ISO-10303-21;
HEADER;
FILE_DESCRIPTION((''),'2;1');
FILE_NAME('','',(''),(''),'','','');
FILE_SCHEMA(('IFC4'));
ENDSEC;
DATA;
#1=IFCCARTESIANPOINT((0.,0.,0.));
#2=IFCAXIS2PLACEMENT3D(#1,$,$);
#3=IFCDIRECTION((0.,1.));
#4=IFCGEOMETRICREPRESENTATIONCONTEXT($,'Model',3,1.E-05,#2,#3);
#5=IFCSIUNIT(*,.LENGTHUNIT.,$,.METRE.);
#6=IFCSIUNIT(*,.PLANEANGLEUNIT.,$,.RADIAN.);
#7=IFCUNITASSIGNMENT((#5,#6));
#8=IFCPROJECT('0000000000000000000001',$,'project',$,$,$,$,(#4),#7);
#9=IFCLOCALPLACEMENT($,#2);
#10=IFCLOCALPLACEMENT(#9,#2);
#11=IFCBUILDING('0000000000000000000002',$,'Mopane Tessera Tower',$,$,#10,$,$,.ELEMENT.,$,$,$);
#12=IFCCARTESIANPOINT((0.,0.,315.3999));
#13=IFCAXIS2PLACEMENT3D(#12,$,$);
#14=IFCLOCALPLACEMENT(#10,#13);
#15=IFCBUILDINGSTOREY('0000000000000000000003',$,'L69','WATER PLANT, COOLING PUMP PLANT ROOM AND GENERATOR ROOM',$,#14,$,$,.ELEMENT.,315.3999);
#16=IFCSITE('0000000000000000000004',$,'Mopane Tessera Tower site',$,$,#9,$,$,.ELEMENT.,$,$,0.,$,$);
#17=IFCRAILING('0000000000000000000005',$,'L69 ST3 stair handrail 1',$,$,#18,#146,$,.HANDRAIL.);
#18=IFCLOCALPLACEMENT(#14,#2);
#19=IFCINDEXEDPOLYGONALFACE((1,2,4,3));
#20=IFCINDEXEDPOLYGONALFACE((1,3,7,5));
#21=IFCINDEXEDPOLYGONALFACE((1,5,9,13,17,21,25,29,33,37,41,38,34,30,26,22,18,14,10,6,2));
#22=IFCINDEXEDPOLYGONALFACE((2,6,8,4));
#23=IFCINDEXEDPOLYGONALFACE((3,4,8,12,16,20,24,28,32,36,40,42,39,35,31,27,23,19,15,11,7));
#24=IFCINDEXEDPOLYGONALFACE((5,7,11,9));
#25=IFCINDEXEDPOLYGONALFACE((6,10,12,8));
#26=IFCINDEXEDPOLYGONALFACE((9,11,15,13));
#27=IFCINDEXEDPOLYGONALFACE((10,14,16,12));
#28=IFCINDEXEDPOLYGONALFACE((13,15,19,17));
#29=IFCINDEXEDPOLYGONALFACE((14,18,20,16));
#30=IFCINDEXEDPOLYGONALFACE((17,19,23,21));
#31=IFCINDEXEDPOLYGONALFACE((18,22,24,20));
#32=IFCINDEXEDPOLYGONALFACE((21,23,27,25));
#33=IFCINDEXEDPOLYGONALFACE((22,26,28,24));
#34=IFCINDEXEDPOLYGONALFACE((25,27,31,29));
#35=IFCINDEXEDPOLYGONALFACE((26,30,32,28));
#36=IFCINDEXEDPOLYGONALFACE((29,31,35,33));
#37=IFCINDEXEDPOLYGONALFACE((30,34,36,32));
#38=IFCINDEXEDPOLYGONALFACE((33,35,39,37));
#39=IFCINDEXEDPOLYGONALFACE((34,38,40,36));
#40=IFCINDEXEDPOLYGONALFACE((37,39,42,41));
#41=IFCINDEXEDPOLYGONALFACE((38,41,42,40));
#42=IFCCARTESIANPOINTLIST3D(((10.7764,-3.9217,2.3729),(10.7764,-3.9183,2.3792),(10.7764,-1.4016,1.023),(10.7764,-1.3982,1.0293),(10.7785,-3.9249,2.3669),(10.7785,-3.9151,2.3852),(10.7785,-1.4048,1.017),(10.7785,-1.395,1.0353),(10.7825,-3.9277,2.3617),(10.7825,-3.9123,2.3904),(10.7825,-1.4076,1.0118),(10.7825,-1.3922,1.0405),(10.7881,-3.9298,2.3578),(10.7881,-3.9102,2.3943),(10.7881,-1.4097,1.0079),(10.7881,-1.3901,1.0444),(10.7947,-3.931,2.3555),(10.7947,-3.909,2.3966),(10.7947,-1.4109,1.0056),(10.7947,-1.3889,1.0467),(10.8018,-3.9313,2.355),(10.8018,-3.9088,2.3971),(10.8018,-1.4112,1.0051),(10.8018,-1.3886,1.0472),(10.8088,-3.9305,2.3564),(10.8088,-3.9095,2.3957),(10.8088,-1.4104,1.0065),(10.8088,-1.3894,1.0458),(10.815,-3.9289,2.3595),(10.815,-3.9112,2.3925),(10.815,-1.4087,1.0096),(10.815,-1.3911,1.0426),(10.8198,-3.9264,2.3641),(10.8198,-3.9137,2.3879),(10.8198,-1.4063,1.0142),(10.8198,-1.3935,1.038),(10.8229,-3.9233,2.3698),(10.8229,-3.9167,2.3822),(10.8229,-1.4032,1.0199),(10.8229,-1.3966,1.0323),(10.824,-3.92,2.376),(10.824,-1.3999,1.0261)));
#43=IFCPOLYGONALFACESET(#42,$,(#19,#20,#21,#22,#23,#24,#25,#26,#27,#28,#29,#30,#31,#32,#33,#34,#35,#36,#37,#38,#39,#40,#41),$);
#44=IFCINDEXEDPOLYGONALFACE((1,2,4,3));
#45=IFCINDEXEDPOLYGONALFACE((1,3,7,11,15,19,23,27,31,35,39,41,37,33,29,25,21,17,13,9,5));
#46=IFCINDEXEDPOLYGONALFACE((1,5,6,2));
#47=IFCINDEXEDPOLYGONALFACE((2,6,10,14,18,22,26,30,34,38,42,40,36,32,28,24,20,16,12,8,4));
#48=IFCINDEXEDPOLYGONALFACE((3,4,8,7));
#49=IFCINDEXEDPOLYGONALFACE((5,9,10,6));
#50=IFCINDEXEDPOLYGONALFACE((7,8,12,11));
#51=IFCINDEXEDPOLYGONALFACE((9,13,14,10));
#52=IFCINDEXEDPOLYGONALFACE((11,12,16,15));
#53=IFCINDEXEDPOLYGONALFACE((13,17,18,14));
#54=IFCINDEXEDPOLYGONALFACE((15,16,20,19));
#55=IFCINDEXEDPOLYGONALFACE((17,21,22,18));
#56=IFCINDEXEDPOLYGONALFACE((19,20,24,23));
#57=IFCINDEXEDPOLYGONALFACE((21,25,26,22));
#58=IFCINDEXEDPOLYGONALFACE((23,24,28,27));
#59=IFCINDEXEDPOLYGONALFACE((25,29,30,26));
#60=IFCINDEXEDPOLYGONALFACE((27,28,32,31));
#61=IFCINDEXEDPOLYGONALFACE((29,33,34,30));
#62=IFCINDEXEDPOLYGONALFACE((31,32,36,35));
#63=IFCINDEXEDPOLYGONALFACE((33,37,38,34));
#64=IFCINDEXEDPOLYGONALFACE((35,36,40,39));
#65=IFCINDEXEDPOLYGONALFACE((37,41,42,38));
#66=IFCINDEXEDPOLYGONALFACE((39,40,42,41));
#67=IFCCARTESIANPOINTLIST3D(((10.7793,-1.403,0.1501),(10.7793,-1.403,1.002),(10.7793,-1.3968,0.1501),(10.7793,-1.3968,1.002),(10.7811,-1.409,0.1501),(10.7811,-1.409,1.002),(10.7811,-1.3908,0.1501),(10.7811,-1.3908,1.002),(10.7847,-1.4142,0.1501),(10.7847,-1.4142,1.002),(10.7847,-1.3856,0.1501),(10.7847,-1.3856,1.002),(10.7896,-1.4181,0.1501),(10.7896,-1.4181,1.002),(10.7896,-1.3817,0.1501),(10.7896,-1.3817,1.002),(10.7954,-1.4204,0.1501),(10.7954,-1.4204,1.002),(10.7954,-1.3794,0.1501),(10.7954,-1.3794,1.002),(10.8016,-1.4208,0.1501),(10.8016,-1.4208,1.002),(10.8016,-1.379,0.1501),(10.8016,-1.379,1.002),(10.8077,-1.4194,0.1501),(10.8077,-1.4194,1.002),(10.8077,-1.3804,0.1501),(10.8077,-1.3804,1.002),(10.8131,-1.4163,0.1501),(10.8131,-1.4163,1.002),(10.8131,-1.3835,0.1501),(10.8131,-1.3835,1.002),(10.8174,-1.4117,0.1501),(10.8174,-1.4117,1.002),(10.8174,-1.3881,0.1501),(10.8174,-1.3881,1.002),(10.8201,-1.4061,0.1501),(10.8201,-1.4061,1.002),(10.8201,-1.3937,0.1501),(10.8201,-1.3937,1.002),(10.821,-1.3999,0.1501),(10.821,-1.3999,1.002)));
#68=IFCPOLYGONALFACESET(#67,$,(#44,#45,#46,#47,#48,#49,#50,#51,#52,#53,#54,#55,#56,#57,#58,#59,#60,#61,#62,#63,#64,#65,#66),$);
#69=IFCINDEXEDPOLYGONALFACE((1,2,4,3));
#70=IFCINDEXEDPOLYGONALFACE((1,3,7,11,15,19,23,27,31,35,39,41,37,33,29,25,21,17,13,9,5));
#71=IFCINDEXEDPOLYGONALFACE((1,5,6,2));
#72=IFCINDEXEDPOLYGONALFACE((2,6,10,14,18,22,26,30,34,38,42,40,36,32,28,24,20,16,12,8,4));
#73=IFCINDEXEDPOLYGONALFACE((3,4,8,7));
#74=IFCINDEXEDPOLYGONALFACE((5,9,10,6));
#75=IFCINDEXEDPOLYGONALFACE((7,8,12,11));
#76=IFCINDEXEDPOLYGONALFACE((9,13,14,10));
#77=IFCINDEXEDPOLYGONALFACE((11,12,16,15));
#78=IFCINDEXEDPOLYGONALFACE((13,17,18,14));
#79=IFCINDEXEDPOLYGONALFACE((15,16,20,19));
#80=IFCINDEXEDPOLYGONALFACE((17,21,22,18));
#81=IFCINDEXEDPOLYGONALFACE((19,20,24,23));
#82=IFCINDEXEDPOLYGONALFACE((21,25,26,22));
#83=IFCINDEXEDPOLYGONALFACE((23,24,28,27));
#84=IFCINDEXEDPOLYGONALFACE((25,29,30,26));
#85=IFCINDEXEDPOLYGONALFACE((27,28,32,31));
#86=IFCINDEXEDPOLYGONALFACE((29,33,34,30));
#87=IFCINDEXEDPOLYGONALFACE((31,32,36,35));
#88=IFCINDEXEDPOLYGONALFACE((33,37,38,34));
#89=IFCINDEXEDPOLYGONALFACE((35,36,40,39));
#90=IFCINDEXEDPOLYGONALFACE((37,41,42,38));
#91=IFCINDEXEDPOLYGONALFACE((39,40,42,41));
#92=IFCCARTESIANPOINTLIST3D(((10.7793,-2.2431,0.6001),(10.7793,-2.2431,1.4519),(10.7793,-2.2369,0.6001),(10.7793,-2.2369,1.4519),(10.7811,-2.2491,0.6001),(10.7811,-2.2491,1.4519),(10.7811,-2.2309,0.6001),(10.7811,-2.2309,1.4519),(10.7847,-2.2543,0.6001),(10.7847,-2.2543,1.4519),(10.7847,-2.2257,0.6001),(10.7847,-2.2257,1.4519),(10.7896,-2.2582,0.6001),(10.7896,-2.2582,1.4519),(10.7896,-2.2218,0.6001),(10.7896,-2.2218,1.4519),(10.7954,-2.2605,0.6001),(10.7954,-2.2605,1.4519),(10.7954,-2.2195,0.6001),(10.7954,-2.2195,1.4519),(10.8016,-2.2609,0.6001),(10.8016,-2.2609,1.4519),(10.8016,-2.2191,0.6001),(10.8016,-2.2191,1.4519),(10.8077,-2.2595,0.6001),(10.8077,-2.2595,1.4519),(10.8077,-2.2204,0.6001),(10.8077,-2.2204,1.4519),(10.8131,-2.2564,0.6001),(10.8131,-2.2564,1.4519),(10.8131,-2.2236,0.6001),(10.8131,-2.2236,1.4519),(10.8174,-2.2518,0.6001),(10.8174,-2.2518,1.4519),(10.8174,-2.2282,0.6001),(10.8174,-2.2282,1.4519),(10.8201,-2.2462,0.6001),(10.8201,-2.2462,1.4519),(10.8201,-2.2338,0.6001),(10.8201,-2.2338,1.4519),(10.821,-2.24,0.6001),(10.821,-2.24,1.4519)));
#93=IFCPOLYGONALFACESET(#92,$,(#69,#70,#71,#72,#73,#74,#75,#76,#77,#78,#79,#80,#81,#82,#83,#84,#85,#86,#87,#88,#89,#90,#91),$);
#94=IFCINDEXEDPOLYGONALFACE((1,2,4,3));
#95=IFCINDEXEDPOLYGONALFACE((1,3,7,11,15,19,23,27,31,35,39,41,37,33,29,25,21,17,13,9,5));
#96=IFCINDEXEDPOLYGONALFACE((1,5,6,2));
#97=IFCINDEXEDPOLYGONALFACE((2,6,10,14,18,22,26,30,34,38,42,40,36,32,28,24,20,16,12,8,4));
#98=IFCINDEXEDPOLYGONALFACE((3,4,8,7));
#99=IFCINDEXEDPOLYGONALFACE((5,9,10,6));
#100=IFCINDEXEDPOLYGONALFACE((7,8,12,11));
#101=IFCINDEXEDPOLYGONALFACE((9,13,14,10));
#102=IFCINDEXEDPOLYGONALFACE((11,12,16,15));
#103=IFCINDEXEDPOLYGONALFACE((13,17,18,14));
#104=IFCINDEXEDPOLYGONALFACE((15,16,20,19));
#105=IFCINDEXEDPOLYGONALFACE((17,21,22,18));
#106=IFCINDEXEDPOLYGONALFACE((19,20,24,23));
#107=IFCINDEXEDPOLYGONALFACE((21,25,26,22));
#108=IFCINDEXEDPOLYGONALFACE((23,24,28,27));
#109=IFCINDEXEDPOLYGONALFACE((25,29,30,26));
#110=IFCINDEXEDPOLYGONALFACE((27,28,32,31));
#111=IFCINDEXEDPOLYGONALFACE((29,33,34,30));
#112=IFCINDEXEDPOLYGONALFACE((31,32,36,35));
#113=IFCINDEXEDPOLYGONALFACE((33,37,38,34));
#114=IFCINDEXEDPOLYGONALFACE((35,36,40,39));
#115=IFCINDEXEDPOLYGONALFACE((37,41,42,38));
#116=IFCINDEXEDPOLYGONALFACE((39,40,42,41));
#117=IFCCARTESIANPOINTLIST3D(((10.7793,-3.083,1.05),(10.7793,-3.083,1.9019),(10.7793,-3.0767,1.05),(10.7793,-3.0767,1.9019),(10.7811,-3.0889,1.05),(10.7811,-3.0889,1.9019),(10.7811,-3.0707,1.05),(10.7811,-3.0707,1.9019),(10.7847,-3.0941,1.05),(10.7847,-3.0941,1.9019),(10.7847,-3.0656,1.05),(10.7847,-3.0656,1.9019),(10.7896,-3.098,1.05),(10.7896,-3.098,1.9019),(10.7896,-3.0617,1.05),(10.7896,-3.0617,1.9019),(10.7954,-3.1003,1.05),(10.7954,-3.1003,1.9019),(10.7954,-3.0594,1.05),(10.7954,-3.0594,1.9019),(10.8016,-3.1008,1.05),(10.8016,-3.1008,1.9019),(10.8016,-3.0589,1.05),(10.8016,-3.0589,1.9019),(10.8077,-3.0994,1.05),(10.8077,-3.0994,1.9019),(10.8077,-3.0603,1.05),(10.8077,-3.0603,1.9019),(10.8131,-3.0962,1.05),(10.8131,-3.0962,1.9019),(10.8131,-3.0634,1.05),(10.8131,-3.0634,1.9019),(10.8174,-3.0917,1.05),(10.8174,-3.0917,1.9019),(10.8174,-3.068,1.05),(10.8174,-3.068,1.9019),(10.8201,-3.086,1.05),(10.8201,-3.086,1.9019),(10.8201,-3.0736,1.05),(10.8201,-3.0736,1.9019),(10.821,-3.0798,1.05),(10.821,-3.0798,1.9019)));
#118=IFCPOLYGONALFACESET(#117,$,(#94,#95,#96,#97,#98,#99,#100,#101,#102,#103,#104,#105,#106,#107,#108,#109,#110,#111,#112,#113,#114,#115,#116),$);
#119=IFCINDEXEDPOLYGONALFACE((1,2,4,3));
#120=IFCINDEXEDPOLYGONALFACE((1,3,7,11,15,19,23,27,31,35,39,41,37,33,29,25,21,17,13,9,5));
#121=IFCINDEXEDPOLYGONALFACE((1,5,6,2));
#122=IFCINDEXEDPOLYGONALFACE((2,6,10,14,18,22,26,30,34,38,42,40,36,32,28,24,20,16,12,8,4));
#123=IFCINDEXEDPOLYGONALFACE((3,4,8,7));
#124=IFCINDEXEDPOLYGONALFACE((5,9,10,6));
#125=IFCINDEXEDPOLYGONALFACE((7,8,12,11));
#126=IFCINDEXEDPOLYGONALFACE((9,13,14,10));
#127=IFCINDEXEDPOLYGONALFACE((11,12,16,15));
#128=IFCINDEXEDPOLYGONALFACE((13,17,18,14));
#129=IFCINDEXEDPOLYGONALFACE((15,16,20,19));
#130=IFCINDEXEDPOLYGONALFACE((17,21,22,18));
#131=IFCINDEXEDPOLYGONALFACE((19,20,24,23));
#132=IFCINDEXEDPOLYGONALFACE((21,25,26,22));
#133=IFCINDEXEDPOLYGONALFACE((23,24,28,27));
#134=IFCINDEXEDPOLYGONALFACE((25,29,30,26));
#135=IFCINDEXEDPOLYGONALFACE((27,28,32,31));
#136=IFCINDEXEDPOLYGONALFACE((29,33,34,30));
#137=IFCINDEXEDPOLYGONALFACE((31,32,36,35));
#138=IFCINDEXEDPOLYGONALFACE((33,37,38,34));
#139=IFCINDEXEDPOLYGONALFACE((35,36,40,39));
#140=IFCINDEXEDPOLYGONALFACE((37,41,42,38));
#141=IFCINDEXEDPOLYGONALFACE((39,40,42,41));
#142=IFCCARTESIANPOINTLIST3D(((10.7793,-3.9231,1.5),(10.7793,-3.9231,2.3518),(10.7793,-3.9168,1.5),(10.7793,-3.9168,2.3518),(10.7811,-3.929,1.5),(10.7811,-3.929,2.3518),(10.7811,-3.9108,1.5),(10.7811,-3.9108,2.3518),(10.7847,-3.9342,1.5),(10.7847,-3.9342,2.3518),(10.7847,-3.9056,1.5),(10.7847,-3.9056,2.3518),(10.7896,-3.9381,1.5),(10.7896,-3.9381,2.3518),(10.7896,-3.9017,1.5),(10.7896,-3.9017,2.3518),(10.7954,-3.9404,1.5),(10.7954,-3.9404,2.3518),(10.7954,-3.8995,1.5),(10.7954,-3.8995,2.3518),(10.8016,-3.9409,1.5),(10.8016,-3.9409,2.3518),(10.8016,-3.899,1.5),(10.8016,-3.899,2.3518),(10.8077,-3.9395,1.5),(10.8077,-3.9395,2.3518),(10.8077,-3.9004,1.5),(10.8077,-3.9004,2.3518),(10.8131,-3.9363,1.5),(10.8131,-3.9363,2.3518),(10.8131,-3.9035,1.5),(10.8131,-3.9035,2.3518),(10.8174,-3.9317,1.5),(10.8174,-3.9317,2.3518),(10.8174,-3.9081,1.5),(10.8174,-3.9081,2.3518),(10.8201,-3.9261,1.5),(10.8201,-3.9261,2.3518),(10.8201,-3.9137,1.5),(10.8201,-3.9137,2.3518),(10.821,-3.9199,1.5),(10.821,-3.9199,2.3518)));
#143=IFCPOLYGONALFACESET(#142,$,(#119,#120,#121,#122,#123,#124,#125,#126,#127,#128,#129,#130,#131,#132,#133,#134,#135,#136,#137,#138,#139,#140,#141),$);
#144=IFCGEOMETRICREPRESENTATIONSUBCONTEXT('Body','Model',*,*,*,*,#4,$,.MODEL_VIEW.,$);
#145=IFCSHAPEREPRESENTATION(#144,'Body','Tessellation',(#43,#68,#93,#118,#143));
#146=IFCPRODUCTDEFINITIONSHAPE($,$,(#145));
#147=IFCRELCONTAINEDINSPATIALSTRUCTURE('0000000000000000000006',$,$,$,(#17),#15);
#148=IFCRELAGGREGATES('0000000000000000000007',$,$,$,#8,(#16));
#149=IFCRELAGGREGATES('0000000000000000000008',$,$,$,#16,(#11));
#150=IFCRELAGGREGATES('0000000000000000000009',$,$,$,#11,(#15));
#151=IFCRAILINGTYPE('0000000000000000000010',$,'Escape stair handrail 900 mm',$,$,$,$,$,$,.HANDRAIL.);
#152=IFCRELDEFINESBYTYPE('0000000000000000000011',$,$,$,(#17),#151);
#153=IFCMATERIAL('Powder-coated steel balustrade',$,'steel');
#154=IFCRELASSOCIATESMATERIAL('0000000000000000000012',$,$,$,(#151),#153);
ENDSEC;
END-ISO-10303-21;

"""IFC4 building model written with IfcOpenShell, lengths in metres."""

from ifc_helpers import new_model, si_unit, direction, frame, origin, origin_2d, place, context, subcontext, project, spatial, circle, extrude, material, type_object, element, save


model = new_model("IFC4")

# Units and contexts
model_context = context("Model", 3, precision=1e-05, world=origin(), true_north=direction((0.0, 1.0)))
body_context = subcontext(model_context, "Body", "Model", "MODEL_VIEW")
ifc_project = project(units=[si_unit("LENGTHUNIT", "METRE"), si_unit("PLANEANGLEUNIT", "RADIAN")], contexts=[model_context])

# Site, building, storey
site_placement = place(None, origin())
site = spatial("IfcSite", under=ifc_project, at=site_placement, Name="Mopane Tessera Tower site", CompositionType="ELEMENT", RefElevation=0.0)
building_placement = place(site_placement, origin())
building = spatial("IfcBuilding", under=site, at=building_placement, Name="Mopane Tessera Tower", CompositionType="ELEMENT")
storey_placement = place(building_placement, frame((0.0, 0.0, 315.3999)))
storey = spatial("IfcBuildingStorey", under=building, at=storey_placement, Name="L69", Description="WATER PLANT, COOLING PUMP PLANT ROOM AND GENERATOR ROOM", CompositionType="ELEMENT", Elevation=315.3999)

# Railing
ifc_material_1 = material(Name="Powder-coated steel balustrade", Category="steel")
railing_type_1 = type_object("IfcRailingType", Name="Escape stair handrail 900 mm", PredefinedType="HANDRAIL", material=ifc_material_1)
railing_1_placement = place(storey_placement, frame((10.8, -1.3999, 0.1501)))
element("IfcRailing", 1, at=railing_1_placement, inside=storey, type_object=railing_type_1, Name="L69 ST3 stair handrail 1", PredefinedType="HANDRAIL", context=body_context, shape_type="SweptSolid", body=[
    extrude(circle(Radius=0.0239, at=origin_2d()), frame((0.0, 0.0, 0.876), z_axis=(0.0, -0.881503, 0.472179), x_axis=(1.0, 0.0, 0.0)), (0.0, 0.0, 1.0), 2.8589),
    extrude(circle(Radius=0.021, at=origin_2d()), origin(), (0.0, 0.0, 1.0), 0.8518),
    extrude(circle(Radius=0.021, at=origin_2d()), frame((0.0, -0.8401, 0.45)), (0.0, 0.0, 1.0), 0.8518),
    extrude(circle(Radius=0.021, at=origin_2d()), frame((0.0, -1.6799, 0.8999)), (0.0, 0.0, 1.0), 0.8518),
    extrude(circle(Radius=0.021, at=origin_2d()), frame((0.0, -2.52, 1.3499)), (0.0, 0.0, 1.0), 0.8518),
])

save(model, "model.ifc")
